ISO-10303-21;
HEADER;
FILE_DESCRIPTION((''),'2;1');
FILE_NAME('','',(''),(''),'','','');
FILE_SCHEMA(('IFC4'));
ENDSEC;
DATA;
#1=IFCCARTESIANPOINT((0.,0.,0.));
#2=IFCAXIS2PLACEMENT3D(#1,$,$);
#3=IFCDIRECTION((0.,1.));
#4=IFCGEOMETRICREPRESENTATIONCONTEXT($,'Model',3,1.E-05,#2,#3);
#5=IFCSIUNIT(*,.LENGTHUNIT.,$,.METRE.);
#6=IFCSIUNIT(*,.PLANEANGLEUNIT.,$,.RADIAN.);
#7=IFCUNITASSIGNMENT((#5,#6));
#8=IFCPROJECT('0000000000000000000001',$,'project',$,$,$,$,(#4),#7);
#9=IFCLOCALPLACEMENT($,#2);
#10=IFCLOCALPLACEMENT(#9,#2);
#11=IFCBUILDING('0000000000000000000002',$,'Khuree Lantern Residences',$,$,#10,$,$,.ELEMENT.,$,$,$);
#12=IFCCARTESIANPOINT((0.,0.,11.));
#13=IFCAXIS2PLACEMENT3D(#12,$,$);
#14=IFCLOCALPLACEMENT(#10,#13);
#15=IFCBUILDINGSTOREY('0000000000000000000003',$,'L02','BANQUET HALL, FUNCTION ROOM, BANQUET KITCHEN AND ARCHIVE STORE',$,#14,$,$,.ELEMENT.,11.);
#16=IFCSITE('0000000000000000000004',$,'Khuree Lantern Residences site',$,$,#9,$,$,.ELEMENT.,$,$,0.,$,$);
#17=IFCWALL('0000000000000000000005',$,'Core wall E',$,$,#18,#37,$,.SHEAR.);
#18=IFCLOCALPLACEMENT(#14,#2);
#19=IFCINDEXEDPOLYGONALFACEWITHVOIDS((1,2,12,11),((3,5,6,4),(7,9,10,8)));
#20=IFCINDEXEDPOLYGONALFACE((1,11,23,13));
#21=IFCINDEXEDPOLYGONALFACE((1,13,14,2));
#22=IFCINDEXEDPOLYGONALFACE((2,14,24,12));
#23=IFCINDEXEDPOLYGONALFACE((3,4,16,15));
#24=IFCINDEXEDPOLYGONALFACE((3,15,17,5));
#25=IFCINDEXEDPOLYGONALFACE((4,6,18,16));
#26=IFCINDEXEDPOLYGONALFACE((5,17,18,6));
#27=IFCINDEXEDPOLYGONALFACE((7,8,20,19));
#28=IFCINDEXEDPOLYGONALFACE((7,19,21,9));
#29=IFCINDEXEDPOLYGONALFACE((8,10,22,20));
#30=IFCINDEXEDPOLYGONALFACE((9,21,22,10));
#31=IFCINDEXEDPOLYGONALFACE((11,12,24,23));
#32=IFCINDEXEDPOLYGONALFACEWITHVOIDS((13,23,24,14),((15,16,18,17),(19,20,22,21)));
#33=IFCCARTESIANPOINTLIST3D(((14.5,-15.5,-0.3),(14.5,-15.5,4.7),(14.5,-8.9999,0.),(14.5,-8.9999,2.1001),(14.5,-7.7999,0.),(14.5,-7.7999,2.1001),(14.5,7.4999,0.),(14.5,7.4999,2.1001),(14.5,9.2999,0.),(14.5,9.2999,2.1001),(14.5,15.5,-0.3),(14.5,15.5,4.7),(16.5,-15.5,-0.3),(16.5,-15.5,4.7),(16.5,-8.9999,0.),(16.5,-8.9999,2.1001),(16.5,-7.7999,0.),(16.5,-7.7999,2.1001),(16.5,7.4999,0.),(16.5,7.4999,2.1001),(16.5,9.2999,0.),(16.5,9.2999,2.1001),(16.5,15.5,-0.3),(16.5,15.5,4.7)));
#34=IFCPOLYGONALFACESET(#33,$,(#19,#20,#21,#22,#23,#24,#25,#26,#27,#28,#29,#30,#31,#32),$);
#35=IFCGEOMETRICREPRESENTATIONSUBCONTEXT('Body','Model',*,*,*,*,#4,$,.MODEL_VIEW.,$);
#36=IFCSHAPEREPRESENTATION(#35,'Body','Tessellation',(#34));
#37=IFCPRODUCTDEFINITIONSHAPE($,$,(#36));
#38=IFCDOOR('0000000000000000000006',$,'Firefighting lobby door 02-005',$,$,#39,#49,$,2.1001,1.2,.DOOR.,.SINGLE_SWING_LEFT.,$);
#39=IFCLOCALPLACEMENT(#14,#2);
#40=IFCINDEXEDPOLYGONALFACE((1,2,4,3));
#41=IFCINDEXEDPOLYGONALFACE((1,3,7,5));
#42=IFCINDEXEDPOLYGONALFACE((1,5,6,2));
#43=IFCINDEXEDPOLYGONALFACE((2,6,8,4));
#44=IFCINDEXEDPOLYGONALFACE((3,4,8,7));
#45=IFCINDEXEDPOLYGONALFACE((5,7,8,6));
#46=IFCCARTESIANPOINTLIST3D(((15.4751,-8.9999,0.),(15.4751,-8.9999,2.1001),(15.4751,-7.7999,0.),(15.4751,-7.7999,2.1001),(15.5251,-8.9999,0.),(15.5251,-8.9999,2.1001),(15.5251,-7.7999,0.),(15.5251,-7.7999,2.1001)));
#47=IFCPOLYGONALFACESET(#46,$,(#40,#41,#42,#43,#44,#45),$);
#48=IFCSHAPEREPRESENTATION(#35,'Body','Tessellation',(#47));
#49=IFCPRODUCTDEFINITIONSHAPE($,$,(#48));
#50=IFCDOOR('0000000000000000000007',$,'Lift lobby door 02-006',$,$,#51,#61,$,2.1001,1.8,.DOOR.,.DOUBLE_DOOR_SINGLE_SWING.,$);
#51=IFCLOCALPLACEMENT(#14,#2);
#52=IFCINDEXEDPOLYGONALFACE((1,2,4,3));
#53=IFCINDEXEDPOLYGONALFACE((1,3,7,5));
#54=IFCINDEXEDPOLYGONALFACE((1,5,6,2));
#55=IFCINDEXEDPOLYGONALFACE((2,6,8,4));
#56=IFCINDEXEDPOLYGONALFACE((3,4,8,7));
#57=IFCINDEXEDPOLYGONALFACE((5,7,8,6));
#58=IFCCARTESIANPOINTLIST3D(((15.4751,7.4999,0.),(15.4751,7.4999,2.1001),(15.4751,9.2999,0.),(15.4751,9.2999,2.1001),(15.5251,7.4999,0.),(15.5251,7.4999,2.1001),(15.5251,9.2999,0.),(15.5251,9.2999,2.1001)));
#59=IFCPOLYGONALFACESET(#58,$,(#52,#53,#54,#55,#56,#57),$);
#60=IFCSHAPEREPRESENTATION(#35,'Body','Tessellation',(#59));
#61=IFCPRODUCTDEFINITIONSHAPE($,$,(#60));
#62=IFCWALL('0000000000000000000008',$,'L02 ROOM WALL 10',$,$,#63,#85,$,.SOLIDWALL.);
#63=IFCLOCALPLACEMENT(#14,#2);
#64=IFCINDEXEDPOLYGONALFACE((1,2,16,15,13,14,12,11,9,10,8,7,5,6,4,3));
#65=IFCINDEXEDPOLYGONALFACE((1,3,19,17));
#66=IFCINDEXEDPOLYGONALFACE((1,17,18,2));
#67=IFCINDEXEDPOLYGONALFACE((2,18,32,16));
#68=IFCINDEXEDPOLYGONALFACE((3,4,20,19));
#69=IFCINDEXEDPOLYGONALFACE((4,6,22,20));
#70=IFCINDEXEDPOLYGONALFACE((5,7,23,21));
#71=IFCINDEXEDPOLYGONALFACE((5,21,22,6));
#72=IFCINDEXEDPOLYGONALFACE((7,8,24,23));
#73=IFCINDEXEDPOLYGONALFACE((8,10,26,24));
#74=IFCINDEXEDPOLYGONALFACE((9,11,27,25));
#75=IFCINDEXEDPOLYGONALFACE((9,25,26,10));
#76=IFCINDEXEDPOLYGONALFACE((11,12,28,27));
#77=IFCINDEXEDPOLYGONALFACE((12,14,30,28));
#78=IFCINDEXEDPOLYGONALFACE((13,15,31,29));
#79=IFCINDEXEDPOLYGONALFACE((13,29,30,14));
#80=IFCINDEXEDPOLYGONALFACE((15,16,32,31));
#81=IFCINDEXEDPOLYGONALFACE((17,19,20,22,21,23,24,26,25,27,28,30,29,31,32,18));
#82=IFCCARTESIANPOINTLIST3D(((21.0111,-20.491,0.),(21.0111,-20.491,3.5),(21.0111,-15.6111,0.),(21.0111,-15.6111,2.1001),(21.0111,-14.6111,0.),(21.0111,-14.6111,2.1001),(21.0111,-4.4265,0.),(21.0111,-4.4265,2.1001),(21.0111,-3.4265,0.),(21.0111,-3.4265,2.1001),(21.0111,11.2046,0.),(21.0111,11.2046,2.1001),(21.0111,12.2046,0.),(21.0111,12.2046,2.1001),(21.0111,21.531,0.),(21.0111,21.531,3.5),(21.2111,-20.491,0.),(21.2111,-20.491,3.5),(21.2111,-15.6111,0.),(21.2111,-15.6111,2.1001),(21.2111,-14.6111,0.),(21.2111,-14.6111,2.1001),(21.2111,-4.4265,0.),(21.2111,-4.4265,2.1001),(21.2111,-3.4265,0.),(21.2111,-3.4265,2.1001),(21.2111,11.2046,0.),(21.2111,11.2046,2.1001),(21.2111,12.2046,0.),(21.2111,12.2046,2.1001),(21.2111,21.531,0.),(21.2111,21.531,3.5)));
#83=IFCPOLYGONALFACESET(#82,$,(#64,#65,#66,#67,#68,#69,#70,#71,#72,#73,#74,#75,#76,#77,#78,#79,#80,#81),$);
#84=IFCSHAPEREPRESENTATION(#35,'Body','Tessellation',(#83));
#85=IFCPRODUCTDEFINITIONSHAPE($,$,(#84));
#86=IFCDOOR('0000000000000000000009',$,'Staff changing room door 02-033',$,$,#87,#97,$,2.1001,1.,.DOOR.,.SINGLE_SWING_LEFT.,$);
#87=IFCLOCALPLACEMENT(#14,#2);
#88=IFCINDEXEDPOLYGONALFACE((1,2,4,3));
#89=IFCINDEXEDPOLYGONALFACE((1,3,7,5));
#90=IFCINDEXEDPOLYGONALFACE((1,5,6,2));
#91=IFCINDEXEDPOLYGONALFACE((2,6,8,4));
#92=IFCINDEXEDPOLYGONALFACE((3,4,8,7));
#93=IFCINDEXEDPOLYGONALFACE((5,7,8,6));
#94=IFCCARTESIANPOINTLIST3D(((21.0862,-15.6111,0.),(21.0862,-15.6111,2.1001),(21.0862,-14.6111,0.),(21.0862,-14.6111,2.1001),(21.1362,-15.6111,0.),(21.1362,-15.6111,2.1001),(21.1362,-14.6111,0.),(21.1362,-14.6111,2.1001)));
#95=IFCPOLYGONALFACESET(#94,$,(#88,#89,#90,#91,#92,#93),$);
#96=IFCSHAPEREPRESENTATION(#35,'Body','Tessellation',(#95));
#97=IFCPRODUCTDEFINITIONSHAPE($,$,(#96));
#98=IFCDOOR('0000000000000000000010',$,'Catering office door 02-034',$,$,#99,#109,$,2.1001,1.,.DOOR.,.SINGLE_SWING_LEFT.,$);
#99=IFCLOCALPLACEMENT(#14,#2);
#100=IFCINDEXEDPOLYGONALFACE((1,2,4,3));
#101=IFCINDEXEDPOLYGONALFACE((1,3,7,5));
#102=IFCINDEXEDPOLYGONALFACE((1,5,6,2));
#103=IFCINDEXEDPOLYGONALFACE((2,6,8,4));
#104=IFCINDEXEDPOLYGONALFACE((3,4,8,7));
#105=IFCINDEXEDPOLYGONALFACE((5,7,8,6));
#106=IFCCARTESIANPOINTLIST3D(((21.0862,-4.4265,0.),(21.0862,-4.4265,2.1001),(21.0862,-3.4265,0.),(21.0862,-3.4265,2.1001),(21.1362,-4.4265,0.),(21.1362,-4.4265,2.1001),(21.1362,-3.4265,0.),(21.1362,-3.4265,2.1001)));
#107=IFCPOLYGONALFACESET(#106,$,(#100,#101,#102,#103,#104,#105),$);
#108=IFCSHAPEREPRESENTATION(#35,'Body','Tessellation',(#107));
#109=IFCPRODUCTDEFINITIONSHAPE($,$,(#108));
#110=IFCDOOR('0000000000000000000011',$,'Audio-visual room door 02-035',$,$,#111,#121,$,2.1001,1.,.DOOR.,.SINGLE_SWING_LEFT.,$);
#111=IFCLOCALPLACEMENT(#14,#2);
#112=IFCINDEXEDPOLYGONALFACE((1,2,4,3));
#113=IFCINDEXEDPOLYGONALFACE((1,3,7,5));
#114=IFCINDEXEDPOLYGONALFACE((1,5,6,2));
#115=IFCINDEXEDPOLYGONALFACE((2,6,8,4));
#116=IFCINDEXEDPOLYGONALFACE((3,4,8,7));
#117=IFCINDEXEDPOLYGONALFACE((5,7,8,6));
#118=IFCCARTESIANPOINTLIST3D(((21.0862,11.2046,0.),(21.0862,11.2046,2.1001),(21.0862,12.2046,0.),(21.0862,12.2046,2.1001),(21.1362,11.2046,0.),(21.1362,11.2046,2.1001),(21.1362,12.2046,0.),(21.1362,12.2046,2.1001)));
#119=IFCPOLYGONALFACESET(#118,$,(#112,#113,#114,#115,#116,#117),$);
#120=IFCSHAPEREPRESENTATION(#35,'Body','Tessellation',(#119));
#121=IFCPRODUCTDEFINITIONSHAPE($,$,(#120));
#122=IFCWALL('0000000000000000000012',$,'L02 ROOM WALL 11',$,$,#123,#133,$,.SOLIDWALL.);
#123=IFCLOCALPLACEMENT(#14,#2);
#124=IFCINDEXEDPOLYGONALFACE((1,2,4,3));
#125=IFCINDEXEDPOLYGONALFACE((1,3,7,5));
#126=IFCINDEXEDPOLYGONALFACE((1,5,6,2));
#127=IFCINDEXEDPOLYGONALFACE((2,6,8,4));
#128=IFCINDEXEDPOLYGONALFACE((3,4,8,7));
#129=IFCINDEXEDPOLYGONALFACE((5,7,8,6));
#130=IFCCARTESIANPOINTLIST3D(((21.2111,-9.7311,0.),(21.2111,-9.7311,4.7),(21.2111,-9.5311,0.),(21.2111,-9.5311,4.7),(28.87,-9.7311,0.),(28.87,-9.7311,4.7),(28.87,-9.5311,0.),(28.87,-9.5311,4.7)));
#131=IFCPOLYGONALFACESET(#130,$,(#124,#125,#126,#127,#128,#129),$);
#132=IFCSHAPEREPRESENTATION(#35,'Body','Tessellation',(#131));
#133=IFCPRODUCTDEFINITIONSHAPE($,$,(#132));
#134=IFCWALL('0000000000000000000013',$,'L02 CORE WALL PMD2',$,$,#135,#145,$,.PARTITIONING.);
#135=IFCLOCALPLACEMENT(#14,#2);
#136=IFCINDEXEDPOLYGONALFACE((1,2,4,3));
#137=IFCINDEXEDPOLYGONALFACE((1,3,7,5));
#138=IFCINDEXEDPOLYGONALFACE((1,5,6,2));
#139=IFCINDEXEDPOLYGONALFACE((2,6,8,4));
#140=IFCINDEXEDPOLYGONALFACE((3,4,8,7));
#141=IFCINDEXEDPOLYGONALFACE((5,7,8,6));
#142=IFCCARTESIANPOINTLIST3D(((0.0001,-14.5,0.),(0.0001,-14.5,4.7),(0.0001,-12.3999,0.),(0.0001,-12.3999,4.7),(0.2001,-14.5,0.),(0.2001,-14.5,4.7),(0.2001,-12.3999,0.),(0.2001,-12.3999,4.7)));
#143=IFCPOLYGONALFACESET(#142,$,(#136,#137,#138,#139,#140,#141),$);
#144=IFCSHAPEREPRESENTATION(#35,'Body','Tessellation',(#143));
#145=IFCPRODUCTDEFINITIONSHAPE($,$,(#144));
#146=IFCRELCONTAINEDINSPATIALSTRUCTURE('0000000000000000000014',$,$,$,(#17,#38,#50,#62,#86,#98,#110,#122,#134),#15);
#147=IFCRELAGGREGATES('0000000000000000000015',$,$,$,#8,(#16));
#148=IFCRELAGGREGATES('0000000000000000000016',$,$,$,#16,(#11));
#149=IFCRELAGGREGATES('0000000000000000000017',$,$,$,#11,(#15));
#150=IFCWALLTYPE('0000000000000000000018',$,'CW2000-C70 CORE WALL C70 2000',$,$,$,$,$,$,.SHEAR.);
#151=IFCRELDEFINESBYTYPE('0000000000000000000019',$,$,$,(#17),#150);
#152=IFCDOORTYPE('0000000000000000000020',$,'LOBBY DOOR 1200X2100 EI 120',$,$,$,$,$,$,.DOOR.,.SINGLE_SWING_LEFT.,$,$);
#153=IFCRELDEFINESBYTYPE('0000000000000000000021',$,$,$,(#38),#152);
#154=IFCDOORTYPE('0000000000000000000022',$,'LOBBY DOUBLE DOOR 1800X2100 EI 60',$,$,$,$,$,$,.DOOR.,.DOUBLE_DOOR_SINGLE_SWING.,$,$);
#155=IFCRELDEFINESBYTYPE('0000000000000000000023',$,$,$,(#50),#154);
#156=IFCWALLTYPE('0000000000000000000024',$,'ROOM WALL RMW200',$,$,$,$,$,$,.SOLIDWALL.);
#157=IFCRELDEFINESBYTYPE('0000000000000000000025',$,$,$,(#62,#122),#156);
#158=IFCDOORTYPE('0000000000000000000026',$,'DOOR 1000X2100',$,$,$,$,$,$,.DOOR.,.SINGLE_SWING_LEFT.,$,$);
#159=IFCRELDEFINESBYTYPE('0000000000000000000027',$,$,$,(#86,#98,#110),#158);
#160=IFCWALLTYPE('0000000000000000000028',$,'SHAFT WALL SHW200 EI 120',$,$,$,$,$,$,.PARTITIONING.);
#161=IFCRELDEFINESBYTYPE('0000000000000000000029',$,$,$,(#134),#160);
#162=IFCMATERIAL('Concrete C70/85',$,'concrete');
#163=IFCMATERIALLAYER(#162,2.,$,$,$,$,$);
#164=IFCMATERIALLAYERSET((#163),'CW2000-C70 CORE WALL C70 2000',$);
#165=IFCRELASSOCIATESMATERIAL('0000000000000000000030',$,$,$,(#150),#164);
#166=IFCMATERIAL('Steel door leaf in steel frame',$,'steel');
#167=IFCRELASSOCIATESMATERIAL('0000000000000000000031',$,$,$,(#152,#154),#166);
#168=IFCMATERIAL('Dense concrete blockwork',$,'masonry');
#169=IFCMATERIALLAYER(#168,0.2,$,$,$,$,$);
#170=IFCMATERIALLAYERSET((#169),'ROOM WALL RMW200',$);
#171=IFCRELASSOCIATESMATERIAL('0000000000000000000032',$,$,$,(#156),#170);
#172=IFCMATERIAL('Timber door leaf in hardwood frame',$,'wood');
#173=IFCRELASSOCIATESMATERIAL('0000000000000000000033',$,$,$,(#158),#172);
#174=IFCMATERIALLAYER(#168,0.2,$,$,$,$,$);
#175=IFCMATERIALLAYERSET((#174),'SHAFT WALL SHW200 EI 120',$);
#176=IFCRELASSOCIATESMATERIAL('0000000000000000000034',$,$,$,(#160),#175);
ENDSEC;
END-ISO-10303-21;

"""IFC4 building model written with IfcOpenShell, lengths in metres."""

from ifc_helpers import new_model, si_unit, direction, frame, frame_2d, origin, place, context, subcontext, project, spatial, rectangle, extrude, material, layer, layer_set, type_object, element, fill, save


model = new_model("IFC4")

# Units and contexts
model_context = context("Model", 3, precision=1e-05, world=origin(), true_north=direction((0.0, 1.0)))
body_context = subcontext(model_context, "Body", "Model", "MODEL_VIEW")
ifc_project = project(units=[si_unit("LENGTHUNIT", "METRE"), si_unit("PLANEANGLEUNIT", "RADIAN")], contexts=[model_context])

# Site, building, storey
site_placement = place(None, origin())
site = spatial("IfcSite", under=ifc_project, at=site_placement, Name="Khuree Lantern Residences site", CompositionType="ELEMENT", RefElevation=0.0)
building_placement = place(site_placement, origin())
building = spatial("IfcBuilding", under=site, at=building_placement, Name="Khuree Lantern Residences", CompositionType="ELEMENT")
storey_placement = place(building_placement, frame((0.0, 0.0, 11.0)))
storey = spatial("IfcBuildingStorey", under=building, at=storey_placement, Name="L02", Description="BANQUET HALL, FUNCTION ROOM, BANQUET KITCHEN AND ARCHIVE STORE", CompositionType="ELEMENT", Elevation=11.0)

# Shared definitions
ifc_material_1 = material(Name="Concrete C70/85", Category="concrete")

# Shared definitions
ifc_material_2 = material(Name="Dense concrete blockwork", Category="masonry")

# Wall, openings, doors
ifc_layer_1 = layer(ifc_material_1, 2.0)
ifc_layer_set_1 = layer_set([ifc_layer_1], Name="CW2000-C70 CORE WALL C70 2000")
wall_type_1 = type_object("IfcWallType", Name="CW2000-C70 CORE WALL C70 2000", PredefinedType="SHEAR", material=ifc_layer_set_1)
wall_1_placement = place(storey_placement, frame((15.5, -15.5, -0.3), z_axis=(0.0, 0.0, 1.0), x_axis=(0.0, 1.0, 0.0)))
wall_1 = element("IfcWall", 1, at=wall_1_placement, inside=storey, type_object=wall_type_1, Name="Core wall E", PredefinedType="SHEAR", context=body_context, shape_type="SweptSolid", body=[
    extrude(rectangle(XDim=31.0, YDim=2.0, at=frame_2d((15.5, 0.0))), origin(), (0.0, 0.0, 1.0), 5.0),
])
opening_1_placement = place(wall_1_placement, frame((6.5, 0.0, 0.3)))
opening_1 = element("IfcOpeningElement", 2, at=opening_1_placement, cuts=wall_1, PredefinedType="OPENING", context=body_context, shape_type="SweptSolid", body=[
    extrude(rectangle(XDim=1.2, YDim=2.1001, at=frame_2d((0.6001, 1.05))), frame((0.0, 1.01, 0.0), z_axis=(0.0, -1.0, 0.0), x_axis=(1.0, 0.0, 0.0)), (0.0, 0.0, 1.0), 2.02),
])
opening_2_placement = place(wall_1_placement, frame((23.0, 0.0, 0.3)))
opening_2 = element("IfcOpeningElement", 3, at=opening_2_placement, cuts=wall_1, PredefinedType="OPENING", context=body_context, shape_type="SweptSolid", body=[
    extrude(rectangle(XDim=1.8, YDim=2.1001, at=frame_2d((0.8999, 1.05))), frame((0.0, 1.01, 0.0), z_axis=(0.0, -1.0, 0.0), x_axis=(1.0, 0.0, 0.0)), (0.0, 0.0, 1.0), 2.02),
])
ifc_material_3 = material(Name="Steel door leaf in steel frame", Category="steel")
door_type_1 = type_object("IfcDoorType", Name="LOBBY DOOR 1200X2100 EI 120", OperationType="SINGLE_SWING_LEFT", PredefinedType="DOOR", material=ifc_material_3)
door_1_placement = place(opening_1_placement, origin())
door_1 = element("IfcDoor", 4, at=door_1_placement, inside=storey, type_object=door_type_1, Name="Firefighting lobby door 02-005", OperationType="SINGLE_SWING_LEFT", OverallHeight=2.1001, OverallWidth=1.2, PredefinedType="DOOR", context=body_context, shape_type="SweptSolid", body=[
    extrude(rectangle(XDim=1.2, YDim=2.1001, at=frame_2d((0.6001, 1.05))), frame((0.0, 0.0249, 0.0), z_axis=(0.0, -1.0, 0.0), x_axis=(1.0, 0.0, 0.0)), (0.0, 0.0, 1.0), 0.05),
])
fill(opening_1, door_1)
door_type_2 = type_object("IfcDoorType", Name="LOBBY DOUBLE DOOR 1800X2100 EI 60", OperationType="DOUBLE_DOOR_SINGLE_SWING", PredefinedType="DOOR", material=ifc_material_3)
door_2_placement = place(opening_2_placement, origin())
door_2 = element("IfcDoor", 5, at=door_2_placement, inside=storey, type_object=door_type_2, Name="Lift lobby door 02-006", OperationType="DOUBLE_DOOR_SINGLE_SWING", OverallHeight=2.1001, OverallWidth=1.8, PredefinedType="DOOR", context=body_context, shape_type="SweptSolid", body=[
    extrude(rectangle(XDim=1.8, YDim=2.1001, at=frame_2d((0.8999, 1.05))), frame((0.0, 0.0249, 0.0), z_axis=(0.0, -1.0, 0.0), x_axis=(1.0, 0.0, 0.0)), (0.0, 0.0, 1.0), 0.05),
])
fill(opening_2, door_2)

# Shared definitions
ifc_layer_2 = layer(ifc_material_2, 0.2)
ifc_layer_set_2 = layer_set([ifc_layer_2], Name="ROOM WALL RMW200")
wall_type_2 = type_object("IfcWallType", Name="ROOM WALL RMW200", PredefinedType="SOLIDWALL", material=ifc_layer_set_2)
ifc_material_4 = material(Name="Timber door leaf in hardwood frame", Category="wood")

# Wall, openings, doors
wall_2_placement = place(storey_placement, frame((21.1111, -20.491, 0.0), z_axis=(0.0, 0.0, 1.0), x_axis=(0.0, 1.0, 0.0)))
wall_2 = element("IfcWall", 6, at=wall_2_placement, inside=storey, type_object=wall_type_2, Name="L02 ROOM WALL 10", PredefinedType="SOLIDWALL", context=body_context, shape_type="SweptSolid", body=[
    extrude(rectangle(XDim=42.022, YDim=0.2, at=frame_2d((21.011, 0.0))), origin(), (0.0, 0.0, 1.0), 3.5),
])
opening_3_placement = place(wall_2_placement, frame((4.8799, 0.0, 0.0)))
opening_3 = element("IfcOpeningElement", 7, at=opening_3_placement, cuts=wall_2, PredefinedType="OPENING", context=body_context, shape_type="SweptSolid", body=[
    extrude(rectangle(XDim=1.0, YDim=2.1001, at=frame_2d((0.5, 1.05))), frame((0.0, 0.1099, 0.0), z_axis=(0.0, -1.0, 0.0), x_axis=(1.0, 0.0, 0.0)), (0.0, 0.0, 1.0), 0.22),
])
opening_4_placement = place(wall_2_placement, frame((16.0645, 0.0, 0.0)))
opening_4 = element("IfcOpeningElement", 8, at=opening_4_placement, cuts=wall_2, PredefinedType="OPENING", context=body_context, shape_type="SweptSolid", body=[
    extrude(rectangle(XDim=1.0, YDim=2.1001, at=frame_2d((0.5, 1.05))), frame((0.0, 0.1099, 0.0), z_axis=(0.0, -1.0, 0.0), x_axis=(1.0, 0.0, 0.0)), (0.0, 0.0, 1.0), 0.22),
])
opening_5_placement = place(wall_2_placement, frame((31.6956, 0.0, 0.0)))
opening_5 = element("IfcOpeningElement", 9, at=opening_5_placement, cuts=wall_2, PredefinedType="OPENING", context=body_context, shape_type="SweptSolid", body=[
    extrude(rectangle(XDim=1.0, YDim=2.1001, at=frame_2d((0.5, 1.05))), frame((0.0, 0.1099, 0.0), z_axis=(0.0, -1.0, 0.0), x_axis=(1.0, 0.0, 0.0)), (0.0, 0.0, 1.0), 0.22),
])
door_type_3 = type_object("IfcDoorType", Name="DOOR 1000X2100", OperationType="SINGLE_SWING_LEFT", PredefinedType="DOOR", material=ifc_material_4)
door_3_placement = place(opening_3_placement, origin())
door_3 = element("IfcDoor", 10, at=door_3_placement, inside=storey, type_object=door_type_3, Name="Staff changing room door 02-033", OperationType="SINGLE_SWING_LEFT", OverallHeight=2.1001, OverallWidth=1.0, PredefinedType="DOOR", context=body_context, shape_type="SweptSolid", body=[
    extrude(rectangle(XDim=1.0, YDim=2.1001, at=frame_2d((0.5, 1.05))), frame((0.0, 0.0249, 0.0), z_axis=(0.0, -1.0, 0.0), x_axis=(1.0, 0.0, 0.0)), (0.0, 0.0, 1.0), 0.05),
])
fill(opening_3, door_3)
door_4_placement = place(opening_4_placement, origin())
door_4 = element("IfcDoor", 11, at=door_4_placement, inside=storey, type_object=door_type_3, Name="Catering office door 02-034", OperationType="SINGLE_SWING_LEFT", OverallHeight=2.1001, OverallWidth=1.0, PredefinedType="DOOR", context=body_context, shape_type="SweptSolid", body=[
    extrude(rectangle(XDim=1.0, YDim=2.1001, at=frame_2d((0.5, 1.05))), frame((0.0, 0.0249, 0.0), z_axis=(0.0, -1.0, 0.0), x_axis=(1.0, 0.0, 0.0)), (0.0, 0.0, 1.0), 0.05),
])
fill(opening_4, door_4)
door_5_placement = place(opening_5_placement, origin())
door_5 = element("IfcDoor", 12, at=door_5_placement, inside=storey, type_object=door_type_3, Name="Audio-visual room door 02-035", OperationType="SINGLE_SWING_LEFT", OverallHeight=2.1001, OverallWidth=1.0, PredefinedType="DOOR", context=body_context, shape_type="SweptSolid", body=[
    extrude(rectangle(XDim=1.0, YDim=2.1001, at=frame_2d((0.5, 1.05))), frame((0.0, 0.0249, 0.0), z_axis=(0.0, -1.0, 0.0), x_axis=(1.0, 0.0, 0.0)), (0.0, 0.0, 1.0), 0.05),
])
fill(opening_5, door_5)

# Walls
wall_3_placement = place(storey_placement, frame((21.2109, -9.6311, 0.0), z_axis=(0.0, 0.0, 1.0), x_axis=(1.0, 0.0, 0.0)))
element("IfcWall", 13, at=wall_3_placement, inside=storey, type_object=wall_type_2, Name="L02 ROOM WALL 11", PredefinedType="SOLIDWALL", context=body_context, shape_type="SweptSolid", body=[
    extrude(rectangle(XDim=7.6589, YDim=0.2, at=frame_2d((3.8296, 0.0))), origin(), (0.0, 0.0, 1.0), 4.7),
])
ifc_layer_3 = layer(ifc_material_2, 0.2)
ifc_layer_set_3 = layer_set([ifc_layer_3], Name="SHAFT WALL SHW200 EI 120")
wall_type_3 = type_object("IfcWallType", Name="SHAFT WALL SHW200 EI 120", PredefinedType="PARTITIONING", material=ifc_layer_set_3)
wall_4_placement = place(storey_placement, frame((0.1001, -14.5, 0.0), z_axis=(0.0, 0.0, 1.0), x_axis=(0.0, 1.0, 0.0)))
element("IfcWall", 14, at=wall_4_placement, inside=storey, type_object=wall_type_3, Name="L02 CORE WALL PMD2", PredefinedType="PARTITIONING", context=body_context, shape_type="SweptSolid", body=[
    extrude(rectangle(XDim=2.1001, YDim=0.2, at=frame_2d((1.05, 0.0))), origin(), (0.0, 0.0, 1.0), 4.7),
])

save(model, "model.ifc")
